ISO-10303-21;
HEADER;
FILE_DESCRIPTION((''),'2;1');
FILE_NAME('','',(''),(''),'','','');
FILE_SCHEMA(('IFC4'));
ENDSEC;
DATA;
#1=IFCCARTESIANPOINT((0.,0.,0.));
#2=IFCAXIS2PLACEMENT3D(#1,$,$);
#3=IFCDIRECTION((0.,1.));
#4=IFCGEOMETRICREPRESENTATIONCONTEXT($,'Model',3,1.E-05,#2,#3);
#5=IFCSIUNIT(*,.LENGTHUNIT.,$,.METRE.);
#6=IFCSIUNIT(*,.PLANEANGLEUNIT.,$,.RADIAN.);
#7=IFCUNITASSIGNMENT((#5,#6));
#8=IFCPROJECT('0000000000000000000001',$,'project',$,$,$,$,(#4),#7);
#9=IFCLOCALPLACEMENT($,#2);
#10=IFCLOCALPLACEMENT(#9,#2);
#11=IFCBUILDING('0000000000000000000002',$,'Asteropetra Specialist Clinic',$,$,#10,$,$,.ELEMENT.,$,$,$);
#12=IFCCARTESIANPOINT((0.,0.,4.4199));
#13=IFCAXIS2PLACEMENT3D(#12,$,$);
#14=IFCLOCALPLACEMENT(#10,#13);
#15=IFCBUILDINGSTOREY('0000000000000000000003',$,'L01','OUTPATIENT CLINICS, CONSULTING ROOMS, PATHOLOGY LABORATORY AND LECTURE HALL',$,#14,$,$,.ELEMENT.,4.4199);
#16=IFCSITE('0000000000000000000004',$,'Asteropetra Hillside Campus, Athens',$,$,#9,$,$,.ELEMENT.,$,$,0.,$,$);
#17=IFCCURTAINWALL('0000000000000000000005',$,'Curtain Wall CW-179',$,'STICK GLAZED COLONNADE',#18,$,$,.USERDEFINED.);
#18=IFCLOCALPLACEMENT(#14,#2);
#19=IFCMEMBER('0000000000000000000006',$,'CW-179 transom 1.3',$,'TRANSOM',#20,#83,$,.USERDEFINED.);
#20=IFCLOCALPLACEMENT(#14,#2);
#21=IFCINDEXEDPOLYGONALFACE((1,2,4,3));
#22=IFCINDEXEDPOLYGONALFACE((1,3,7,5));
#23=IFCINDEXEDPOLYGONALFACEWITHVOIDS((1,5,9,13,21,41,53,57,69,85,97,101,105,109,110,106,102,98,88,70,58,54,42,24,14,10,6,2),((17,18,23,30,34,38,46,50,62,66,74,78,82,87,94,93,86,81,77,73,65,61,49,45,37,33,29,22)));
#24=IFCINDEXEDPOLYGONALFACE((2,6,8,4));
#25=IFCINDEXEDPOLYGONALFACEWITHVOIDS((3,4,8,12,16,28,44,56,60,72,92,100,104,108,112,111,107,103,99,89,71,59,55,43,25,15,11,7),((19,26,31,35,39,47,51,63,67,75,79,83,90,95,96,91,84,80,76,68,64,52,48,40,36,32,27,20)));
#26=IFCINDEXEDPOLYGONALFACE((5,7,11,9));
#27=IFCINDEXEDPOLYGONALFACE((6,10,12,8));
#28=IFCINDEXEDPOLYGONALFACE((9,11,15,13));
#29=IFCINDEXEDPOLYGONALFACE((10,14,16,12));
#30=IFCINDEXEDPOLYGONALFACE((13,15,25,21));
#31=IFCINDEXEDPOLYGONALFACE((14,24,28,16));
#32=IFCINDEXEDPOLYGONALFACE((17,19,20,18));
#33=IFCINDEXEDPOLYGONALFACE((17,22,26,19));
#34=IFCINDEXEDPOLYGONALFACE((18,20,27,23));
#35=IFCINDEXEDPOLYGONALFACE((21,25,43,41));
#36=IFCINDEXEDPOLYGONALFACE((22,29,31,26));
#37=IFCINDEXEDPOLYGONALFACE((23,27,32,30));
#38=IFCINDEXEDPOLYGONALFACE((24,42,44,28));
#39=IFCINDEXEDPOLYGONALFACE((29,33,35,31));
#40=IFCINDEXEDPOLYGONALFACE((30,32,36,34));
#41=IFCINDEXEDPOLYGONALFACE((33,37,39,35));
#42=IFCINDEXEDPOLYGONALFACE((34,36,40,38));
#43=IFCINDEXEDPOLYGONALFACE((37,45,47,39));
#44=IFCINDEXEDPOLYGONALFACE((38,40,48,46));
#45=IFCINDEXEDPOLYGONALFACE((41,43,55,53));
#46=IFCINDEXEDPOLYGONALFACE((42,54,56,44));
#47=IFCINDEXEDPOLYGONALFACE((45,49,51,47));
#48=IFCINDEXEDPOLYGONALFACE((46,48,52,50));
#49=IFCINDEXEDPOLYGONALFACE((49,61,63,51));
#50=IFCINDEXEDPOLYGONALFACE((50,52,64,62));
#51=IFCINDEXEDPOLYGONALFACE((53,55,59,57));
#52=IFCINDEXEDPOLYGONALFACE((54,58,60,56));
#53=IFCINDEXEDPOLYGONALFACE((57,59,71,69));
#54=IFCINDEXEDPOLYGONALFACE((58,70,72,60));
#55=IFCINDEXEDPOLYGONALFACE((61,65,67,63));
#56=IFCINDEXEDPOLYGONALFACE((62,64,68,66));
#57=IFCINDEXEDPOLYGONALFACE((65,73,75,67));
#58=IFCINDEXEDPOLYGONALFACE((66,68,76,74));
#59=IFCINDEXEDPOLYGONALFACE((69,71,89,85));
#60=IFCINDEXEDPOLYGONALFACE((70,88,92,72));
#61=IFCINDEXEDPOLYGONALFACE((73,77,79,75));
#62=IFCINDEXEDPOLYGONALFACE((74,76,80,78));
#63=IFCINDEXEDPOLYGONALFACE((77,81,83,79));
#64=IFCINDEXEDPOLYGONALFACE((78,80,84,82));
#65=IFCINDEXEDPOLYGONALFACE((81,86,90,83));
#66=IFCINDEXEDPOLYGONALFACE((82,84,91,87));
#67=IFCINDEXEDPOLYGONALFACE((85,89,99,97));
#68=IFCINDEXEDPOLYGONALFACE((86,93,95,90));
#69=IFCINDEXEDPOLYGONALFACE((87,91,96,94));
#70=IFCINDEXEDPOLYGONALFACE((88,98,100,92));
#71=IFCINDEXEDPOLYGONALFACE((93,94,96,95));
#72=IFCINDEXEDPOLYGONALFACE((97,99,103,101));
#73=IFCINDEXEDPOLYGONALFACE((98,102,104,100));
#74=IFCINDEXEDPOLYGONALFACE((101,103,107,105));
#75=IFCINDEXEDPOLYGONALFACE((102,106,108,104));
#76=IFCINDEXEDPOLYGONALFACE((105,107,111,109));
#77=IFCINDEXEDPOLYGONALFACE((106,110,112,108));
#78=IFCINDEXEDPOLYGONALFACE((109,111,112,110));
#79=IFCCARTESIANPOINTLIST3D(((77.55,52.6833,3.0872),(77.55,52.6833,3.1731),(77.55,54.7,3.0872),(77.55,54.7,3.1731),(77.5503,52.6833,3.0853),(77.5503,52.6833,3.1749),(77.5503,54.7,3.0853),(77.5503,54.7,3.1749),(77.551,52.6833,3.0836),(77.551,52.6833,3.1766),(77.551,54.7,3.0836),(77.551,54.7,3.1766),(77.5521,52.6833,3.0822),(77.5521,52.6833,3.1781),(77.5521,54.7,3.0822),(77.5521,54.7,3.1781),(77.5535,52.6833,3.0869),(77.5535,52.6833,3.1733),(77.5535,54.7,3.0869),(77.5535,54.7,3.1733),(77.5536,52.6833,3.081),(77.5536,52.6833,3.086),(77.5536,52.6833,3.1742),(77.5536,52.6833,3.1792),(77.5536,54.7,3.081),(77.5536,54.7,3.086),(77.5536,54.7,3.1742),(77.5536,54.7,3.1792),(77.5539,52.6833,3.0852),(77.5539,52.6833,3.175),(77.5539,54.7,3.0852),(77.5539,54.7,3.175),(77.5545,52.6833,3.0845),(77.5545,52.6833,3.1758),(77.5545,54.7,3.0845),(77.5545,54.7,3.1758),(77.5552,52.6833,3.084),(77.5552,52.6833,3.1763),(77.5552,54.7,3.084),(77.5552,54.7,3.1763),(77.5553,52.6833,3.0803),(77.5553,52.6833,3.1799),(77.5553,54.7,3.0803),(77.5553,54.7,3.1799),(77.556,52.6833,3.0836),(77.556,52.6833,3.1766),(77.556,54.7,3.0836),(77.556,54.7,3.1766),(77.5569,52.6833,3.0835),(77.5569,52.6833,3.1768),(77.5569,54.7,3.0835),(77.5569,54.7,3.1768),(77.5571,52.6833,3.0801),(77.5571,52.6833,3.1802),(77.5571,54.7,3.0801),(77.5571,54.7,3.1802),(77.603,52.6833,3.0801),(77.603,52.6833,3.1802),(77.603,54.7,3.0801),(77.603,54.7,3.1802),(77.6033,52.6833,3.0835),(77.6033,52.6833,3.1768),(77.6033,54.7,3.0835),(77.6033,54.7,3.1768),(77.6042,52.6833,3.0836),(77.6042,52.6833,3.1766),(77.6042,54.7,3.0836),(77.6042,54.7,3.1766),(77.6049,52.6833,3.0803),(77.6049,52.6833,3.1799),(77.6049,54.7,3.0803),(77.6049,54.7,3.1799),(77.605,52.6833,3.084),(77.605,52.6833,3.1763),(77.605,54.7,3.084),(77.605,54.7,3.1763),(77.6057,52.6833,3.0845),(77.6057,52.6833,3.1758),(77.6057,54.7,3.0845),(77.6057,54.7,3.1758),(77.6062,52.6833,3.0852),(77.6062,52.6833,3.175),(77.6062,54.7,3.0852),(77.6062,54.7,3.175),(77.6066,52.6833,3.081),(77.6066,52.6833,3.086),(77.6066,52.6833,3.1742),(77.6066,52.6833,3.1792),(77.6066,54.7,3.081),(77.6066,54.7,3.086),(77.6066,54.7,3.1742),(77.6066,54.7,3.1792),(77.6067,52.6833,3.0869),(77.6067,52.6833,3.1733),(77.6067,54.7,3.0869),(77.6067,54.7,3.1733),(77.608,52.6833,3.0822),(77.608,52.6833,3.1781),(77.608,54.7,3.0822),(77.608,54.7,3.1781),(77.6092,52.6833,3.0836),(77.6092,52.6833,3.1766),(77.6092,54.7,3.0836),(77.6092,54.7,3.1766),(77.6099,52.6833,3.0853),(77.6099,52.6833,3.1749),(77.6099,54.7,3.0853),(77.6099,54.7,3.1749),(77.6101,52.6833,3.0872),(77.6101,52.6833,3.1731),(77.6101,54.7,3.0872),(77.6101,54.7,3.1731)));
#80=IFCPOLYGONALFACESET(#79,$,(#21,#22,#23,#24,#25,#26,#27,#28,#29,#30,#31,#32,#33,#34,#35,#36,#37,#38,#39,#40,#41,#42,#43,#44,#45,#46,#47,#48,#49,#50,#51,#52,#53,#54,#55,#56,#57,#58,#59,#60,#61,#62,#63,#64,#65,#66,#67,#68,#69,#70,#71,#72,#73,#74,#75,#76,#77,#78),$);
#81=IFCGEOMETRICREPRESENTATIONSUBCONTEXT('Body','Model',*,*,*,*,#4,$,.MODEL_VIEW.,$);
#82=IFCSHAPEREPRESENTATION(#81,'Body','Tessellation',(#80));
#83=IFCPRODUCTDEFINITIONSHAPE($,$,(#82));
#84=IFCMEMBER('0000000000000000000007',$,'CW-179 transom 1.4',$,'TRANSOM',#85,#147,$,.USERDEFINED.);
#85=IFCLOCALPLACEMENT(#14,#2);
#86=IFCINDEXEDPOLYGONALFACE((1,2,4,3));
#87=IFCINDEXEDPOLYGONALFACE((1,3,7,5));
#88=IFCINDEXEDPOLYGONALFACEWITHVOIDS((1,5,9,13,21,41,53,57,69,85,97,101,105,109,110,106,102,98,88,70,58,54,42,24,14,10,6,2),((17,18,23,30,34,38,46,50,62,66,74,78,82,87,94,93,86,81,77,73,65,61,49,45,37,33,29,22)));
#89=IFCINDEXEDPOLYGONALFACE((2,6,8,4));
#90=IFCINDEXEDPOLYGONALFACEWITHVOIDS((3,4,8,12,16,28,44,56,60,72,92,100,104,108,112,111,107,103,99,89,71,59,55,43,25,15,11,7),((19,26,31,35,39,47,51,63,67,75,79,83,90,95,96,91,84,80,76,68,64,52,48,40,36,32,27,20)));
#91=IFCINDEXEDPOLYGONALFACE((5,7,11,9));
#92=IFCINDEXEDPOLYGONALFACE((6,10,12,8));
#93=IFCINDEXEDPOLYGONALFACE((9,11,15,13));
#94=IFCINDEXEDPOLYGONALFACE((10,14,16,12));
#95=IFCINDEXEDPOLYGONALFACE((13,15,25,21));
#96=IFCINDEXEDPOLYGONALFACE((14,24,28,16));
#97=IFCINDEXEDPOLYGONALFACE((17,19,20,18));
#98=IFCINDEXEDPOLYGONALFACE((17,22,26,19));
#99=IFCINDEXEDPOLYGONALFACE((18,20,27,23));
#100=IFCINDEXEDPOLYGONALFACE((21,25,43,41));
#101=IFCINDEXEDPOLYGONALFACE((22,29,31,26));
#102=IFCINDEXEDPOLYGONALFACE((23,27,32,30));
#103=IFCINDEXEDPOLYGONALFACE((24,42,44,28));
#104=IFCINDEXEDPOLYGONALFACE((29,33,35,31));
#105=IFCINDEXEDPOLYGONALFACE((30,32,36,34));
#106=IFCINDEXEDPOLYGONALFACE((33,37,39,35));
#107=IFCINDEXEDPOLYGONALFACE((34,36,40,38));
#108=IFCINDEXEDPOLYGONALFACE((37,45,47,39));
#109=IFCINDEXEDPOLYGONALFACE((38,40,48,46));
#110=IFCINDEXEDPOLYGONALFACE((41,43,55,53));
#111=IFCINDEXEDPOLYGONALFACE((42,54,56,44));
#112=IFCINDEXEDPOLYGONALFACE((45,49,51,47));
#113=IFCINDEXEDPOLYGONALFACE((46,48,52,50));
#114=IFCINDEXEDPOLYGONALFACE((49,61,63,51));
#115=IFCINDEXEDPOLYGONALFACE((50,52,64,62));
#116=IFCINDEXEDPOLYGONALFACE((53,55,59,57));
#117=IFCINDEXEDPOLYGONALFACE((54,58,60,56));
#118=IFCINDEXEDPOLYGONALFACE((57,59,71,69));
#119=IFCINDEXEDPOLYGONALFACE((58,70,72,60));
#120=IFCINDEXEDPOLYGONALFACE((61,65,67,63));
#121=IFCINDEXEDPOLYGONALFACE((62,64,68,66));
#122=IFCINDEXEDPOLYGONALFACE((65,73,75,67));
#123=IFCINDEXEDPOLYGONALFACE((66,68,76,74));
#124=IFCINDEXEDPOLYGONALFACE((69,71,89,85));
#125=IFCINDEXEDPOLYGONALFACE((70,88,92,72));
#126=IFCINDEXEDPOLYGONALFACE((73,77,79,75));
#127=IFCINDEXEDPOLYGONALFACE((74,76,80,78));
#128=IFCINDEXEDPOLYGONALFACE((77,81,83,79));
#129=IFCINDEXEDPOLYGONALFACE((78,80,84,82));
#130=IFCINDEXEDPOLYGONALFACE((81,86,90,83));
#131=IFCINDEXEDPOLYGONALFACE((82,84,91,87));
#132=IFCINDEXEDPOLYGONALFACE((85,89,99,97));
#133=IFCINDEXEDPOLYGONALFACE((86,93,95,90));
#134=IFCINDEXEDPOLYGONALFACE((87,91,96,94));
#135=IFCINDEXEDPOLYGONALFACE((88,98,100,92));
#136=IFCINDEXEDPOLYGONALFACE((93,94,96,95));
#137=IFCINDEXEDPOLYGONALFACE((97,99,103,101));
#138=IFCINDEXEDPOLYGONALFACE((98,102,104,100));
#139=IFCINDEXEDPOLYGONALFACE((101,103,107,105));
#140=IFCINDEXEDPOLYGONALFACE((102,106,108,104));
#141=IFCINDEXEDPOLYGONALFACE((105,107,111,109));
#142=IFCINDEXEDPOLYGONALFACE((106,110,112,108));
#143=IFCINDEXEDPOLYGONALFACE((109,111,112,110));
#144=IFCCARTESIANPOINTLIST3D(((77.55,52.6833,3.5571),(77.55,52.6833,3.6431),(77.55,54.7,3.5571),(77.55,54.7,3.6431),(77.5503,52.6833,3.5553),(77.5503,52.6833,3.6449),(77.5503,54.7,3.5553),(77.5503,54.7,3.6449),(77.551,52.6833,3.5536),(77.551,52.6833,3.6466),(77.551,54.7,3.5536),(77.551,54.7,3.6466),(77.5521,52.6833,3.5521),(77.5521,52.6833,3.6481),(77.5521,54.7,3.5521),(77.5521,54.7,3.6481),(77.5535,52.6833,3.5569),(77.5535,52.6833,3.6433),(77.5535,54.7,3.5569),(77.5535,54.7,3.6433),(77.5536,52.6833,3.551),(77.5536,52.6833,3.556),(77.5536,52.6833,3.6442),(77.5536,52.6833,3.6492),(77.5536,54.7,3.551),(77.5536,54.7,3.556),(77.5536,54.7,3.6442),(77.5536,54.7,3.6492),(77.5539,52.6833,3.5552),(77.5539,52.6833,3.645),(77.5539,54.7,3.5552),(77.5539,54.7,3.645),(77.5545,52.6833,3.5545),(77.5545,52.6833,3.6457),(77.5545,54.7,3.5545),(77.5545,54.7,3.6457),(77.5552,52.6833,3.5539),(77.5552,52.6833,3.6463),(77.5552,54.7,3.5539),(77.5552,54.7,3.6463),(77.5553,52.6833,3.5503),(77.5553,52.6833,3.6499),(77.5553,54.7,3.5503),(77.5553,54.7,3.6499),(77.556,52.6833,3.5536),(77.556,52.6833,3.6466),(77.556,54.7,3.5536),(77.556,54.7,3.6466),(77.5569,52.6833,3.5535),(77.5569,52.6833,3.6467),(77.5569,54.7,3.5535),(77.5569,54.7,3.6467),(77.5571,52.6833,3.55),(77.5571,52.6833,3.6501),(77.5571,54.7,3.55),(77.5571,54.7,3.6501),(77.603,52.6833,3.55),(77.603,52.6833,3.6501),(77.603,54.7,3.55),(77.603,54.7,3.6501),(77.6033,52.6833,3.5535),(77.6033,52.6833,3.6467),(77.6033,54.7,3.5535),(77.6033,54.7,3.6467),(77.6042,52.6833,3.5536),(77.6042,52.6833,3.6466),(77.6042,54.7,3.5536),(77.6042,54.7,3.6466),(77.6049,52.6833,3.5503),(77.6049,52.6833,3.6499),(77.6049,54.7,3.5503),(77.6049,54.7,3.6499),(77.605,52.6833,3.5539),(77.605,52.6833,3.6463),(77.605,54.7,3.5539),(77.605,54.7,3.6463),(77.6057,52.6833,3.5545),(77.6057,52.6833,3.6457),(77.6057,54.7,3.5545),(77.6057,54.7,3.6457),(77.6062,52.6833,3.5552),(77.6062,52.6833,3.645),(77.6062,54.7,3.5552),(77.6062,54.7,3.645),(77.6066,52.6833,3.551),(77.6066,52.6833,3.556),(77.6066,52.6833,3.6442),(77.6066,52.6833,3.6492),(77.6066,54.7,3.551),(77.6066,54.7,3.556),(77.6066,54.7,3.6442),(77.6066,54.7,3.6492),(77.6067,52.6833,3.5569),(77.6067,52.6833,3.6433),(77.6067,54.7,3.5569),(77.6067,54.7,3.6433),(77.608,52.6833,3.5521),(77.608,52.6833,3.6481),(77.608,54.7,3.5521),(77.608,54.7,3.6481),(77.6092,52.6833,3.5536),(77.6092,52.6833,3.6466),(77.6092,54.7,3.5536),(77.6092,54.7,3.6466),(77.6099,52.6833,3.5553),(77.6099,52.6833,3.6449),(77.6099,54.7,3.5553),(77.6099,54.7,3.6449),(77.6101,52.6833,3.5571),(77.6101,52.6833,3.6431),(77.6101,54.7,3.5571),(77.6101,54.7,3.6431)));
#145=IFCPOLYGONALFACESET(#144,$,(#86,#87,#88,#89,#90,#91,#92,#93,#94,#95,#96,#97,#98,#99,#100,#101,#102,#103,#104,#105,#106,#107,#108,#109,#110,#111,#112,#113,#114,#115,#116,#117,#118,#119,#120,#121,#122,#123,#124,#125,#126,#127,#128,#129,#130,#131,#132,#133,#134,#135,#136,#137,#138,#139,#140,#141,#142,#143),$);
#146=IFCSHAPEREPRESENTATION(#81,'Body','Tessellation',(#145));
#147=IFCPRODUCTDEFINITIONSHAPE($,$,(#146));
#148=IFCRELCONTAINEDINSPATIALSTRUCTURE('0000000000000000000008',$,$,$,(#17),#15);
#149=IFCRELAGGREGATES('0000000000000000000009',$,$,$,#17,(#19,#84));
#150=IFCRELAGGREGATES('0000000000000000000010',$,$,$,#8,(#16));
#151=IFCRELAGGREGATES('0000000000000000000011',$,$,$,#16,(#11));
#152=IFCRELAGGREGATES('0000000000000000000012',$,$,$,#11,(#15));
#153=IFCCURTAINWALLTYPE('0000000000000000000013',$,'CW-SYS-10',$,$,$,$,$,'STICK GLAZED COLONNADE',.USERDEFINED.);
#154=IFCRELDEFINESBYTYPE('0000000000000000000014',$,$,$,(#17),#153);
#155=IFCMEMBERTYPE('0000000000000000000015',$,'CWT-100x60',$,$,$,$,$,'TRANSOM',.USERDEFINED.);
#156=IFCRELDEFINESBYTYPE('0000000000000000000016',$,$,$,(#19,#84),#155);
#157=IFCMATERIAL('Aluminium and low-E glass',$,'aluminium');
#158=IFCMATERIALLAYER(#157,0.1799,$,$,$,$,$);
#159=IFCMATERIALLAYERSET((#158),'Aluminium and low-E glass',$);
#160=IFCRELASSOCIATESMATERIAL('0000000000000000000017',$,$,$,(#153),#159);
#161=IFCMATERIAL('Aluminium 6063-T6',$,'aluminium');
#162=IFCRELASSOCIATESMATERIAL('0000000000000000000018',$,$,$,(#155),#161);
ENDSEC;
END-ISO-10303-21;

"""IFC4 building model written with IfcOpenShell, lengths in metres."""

from ifc_helpers import new_model, si_unit, direction, frame, origin, origin_2d, place, context, subcontext, project, spatial, hollow_rectangle, extrude, material, layer, layer_set, material_profile, profile_set, type_object, element, aggregate, save


model = new_model("IFC4")

# Units and contexts
model_context = context("Model", 3, precision=1e-05, world=origin(), true_north=direction((0.0, 1.0)))
body_context = subcontext(model_context, "Body", "Model", "MODEL_VIEW")
ifc_project = project(units=[si_unit("LENGTHUNIT", "METRE"), si_unit("PLANEANGLEUNIT", "RADIAN")], contexts=[model_context])

# Site, building, storey
site_placement = place(None, origin())
site = spatial("IfcSite", under=ifc_project, at=site_placement, Name="Asteropetra Hillside Campus, Athens", CompositionType="ELEMENT", RefElevation=0.0)
building_placement = place(site_placement, origin())
building = spatial("IfcBuilding", under=site, at=building_placement, Name="Asteropetra Specialist Clinic", CompositionType="ELEMENT")
storey_placement = place(building_placement, frame((0.0, 0.0, 4.4199)))
storey = spatial("IfcBuildingStorey", under=building, at=storey_placement, Name="L01", Description="OUTPATIENT CLINICS, CONSULTING ROOMS, PATHOLOGY LABORATORY AND LECTURE HALL", CompositionType="ELEMENT", Elevation=4.4199)

# Curtain wall, members
ifc_material_1 = material(Name="Aluminium and low-E glass", Category="aluminium")
ifc_layer_1 = layer(ifc_material_1, 0.1799)
ifc_layer_set_1 = layer_set([ifc_layer_1], Name="Aluminium and low-E glass")
curtain_wall_type = type_object("IfcCurtainWallType", Name="CW-SYS-10", ElementType="STICK GLAZED COLONNADE", PredefinedType="USERDEFINED", material=ifc_layer_set_1)
curtain_wall_placement = place(storey_placement, origin())
curtain_wall = element("IfcCurtainWall", 1, at=curtain_wall_placement, inside=storey, type_object=curtain_wall_type, Name="Curtain Wall CW-179", ObjectType="STICK GLAZED COLONNADE", PredefinedType="USERDEFINED")
ifc_material_2 = material(Name="Aluminium 6063-T6", Category="aluminium")
ifc_material_profile_1 = material_profile(ifc_material_2, hollow_rectangle(XDim=0.0601, YDim=0.1001, WallThickness=0.0034, InnerFilletRadius=0.0034, OuterFilletRadius=0.0071, at=origin_2d()), Name="TRN 100x60x3.5")
ifc_profile_set_1 = profile_set([ifc_material_profile_1], Name="Aluminium 6063-T6")
member_type_1 = type_object("IfcMemberType", Name="CWT-100x60", ElementType="TRANSOM", PredefinedType="USERDEFINED", material=ifc_profile_set_1)
member_1_placement = place(storey_placement, frame((77.5801, 54.7, 3.1301), z_axis=(0.0, -1.0, 0.0), x_axis=(1.0, 0.0, 0.0)))
member_1 = element("IfcMember", 2, at=member_1_placement, type_object=member_type_1, Name="CW-179 transom 1.3", ObjectType="TRANSOM", PredefinedType="USERDEFINED", context=body_context, shape_type="SweptSolid", body=[
    extrude(hollow_rectangle(XDim=0.0601, YDim=0.1001, WallThickness=0.0034, InnerFilletRadius=0.0034, OuterFilletRadius=0.0071, at=origin_2d()), origin(), (0.0, 0.0, 1.0), 2.0166),
])
member_2_placement = place(storey_placement, frame((77.5801, 54.7, 3.6001), z_axis=(0.0, -1.0, 0.0), x_axis=(1.0, 0.0, 0.0)))
member_2 = element("IfcMember", 3, at=member_2_placement, type_object=member_type_1, Name="CW-179 transom 1.4", ObjectType="TRANSOM", PredefinedType="USERDEFINED", context=body_context, shape_type="SweptSolid", body=[
    extrude(hollow_rectangle(XDim=0.0601, YDim=0.1001, WallThickness=0.0034, InnerFilletRadius=0.0034, OuterFilletRadius=0.0071, at=origin_2d()), origin(), (0.0, 0.0, 1.0), 2.0166),
])

aggregate(curtain_wall, [member_1, member_2])

save(model, "model.ifc")
